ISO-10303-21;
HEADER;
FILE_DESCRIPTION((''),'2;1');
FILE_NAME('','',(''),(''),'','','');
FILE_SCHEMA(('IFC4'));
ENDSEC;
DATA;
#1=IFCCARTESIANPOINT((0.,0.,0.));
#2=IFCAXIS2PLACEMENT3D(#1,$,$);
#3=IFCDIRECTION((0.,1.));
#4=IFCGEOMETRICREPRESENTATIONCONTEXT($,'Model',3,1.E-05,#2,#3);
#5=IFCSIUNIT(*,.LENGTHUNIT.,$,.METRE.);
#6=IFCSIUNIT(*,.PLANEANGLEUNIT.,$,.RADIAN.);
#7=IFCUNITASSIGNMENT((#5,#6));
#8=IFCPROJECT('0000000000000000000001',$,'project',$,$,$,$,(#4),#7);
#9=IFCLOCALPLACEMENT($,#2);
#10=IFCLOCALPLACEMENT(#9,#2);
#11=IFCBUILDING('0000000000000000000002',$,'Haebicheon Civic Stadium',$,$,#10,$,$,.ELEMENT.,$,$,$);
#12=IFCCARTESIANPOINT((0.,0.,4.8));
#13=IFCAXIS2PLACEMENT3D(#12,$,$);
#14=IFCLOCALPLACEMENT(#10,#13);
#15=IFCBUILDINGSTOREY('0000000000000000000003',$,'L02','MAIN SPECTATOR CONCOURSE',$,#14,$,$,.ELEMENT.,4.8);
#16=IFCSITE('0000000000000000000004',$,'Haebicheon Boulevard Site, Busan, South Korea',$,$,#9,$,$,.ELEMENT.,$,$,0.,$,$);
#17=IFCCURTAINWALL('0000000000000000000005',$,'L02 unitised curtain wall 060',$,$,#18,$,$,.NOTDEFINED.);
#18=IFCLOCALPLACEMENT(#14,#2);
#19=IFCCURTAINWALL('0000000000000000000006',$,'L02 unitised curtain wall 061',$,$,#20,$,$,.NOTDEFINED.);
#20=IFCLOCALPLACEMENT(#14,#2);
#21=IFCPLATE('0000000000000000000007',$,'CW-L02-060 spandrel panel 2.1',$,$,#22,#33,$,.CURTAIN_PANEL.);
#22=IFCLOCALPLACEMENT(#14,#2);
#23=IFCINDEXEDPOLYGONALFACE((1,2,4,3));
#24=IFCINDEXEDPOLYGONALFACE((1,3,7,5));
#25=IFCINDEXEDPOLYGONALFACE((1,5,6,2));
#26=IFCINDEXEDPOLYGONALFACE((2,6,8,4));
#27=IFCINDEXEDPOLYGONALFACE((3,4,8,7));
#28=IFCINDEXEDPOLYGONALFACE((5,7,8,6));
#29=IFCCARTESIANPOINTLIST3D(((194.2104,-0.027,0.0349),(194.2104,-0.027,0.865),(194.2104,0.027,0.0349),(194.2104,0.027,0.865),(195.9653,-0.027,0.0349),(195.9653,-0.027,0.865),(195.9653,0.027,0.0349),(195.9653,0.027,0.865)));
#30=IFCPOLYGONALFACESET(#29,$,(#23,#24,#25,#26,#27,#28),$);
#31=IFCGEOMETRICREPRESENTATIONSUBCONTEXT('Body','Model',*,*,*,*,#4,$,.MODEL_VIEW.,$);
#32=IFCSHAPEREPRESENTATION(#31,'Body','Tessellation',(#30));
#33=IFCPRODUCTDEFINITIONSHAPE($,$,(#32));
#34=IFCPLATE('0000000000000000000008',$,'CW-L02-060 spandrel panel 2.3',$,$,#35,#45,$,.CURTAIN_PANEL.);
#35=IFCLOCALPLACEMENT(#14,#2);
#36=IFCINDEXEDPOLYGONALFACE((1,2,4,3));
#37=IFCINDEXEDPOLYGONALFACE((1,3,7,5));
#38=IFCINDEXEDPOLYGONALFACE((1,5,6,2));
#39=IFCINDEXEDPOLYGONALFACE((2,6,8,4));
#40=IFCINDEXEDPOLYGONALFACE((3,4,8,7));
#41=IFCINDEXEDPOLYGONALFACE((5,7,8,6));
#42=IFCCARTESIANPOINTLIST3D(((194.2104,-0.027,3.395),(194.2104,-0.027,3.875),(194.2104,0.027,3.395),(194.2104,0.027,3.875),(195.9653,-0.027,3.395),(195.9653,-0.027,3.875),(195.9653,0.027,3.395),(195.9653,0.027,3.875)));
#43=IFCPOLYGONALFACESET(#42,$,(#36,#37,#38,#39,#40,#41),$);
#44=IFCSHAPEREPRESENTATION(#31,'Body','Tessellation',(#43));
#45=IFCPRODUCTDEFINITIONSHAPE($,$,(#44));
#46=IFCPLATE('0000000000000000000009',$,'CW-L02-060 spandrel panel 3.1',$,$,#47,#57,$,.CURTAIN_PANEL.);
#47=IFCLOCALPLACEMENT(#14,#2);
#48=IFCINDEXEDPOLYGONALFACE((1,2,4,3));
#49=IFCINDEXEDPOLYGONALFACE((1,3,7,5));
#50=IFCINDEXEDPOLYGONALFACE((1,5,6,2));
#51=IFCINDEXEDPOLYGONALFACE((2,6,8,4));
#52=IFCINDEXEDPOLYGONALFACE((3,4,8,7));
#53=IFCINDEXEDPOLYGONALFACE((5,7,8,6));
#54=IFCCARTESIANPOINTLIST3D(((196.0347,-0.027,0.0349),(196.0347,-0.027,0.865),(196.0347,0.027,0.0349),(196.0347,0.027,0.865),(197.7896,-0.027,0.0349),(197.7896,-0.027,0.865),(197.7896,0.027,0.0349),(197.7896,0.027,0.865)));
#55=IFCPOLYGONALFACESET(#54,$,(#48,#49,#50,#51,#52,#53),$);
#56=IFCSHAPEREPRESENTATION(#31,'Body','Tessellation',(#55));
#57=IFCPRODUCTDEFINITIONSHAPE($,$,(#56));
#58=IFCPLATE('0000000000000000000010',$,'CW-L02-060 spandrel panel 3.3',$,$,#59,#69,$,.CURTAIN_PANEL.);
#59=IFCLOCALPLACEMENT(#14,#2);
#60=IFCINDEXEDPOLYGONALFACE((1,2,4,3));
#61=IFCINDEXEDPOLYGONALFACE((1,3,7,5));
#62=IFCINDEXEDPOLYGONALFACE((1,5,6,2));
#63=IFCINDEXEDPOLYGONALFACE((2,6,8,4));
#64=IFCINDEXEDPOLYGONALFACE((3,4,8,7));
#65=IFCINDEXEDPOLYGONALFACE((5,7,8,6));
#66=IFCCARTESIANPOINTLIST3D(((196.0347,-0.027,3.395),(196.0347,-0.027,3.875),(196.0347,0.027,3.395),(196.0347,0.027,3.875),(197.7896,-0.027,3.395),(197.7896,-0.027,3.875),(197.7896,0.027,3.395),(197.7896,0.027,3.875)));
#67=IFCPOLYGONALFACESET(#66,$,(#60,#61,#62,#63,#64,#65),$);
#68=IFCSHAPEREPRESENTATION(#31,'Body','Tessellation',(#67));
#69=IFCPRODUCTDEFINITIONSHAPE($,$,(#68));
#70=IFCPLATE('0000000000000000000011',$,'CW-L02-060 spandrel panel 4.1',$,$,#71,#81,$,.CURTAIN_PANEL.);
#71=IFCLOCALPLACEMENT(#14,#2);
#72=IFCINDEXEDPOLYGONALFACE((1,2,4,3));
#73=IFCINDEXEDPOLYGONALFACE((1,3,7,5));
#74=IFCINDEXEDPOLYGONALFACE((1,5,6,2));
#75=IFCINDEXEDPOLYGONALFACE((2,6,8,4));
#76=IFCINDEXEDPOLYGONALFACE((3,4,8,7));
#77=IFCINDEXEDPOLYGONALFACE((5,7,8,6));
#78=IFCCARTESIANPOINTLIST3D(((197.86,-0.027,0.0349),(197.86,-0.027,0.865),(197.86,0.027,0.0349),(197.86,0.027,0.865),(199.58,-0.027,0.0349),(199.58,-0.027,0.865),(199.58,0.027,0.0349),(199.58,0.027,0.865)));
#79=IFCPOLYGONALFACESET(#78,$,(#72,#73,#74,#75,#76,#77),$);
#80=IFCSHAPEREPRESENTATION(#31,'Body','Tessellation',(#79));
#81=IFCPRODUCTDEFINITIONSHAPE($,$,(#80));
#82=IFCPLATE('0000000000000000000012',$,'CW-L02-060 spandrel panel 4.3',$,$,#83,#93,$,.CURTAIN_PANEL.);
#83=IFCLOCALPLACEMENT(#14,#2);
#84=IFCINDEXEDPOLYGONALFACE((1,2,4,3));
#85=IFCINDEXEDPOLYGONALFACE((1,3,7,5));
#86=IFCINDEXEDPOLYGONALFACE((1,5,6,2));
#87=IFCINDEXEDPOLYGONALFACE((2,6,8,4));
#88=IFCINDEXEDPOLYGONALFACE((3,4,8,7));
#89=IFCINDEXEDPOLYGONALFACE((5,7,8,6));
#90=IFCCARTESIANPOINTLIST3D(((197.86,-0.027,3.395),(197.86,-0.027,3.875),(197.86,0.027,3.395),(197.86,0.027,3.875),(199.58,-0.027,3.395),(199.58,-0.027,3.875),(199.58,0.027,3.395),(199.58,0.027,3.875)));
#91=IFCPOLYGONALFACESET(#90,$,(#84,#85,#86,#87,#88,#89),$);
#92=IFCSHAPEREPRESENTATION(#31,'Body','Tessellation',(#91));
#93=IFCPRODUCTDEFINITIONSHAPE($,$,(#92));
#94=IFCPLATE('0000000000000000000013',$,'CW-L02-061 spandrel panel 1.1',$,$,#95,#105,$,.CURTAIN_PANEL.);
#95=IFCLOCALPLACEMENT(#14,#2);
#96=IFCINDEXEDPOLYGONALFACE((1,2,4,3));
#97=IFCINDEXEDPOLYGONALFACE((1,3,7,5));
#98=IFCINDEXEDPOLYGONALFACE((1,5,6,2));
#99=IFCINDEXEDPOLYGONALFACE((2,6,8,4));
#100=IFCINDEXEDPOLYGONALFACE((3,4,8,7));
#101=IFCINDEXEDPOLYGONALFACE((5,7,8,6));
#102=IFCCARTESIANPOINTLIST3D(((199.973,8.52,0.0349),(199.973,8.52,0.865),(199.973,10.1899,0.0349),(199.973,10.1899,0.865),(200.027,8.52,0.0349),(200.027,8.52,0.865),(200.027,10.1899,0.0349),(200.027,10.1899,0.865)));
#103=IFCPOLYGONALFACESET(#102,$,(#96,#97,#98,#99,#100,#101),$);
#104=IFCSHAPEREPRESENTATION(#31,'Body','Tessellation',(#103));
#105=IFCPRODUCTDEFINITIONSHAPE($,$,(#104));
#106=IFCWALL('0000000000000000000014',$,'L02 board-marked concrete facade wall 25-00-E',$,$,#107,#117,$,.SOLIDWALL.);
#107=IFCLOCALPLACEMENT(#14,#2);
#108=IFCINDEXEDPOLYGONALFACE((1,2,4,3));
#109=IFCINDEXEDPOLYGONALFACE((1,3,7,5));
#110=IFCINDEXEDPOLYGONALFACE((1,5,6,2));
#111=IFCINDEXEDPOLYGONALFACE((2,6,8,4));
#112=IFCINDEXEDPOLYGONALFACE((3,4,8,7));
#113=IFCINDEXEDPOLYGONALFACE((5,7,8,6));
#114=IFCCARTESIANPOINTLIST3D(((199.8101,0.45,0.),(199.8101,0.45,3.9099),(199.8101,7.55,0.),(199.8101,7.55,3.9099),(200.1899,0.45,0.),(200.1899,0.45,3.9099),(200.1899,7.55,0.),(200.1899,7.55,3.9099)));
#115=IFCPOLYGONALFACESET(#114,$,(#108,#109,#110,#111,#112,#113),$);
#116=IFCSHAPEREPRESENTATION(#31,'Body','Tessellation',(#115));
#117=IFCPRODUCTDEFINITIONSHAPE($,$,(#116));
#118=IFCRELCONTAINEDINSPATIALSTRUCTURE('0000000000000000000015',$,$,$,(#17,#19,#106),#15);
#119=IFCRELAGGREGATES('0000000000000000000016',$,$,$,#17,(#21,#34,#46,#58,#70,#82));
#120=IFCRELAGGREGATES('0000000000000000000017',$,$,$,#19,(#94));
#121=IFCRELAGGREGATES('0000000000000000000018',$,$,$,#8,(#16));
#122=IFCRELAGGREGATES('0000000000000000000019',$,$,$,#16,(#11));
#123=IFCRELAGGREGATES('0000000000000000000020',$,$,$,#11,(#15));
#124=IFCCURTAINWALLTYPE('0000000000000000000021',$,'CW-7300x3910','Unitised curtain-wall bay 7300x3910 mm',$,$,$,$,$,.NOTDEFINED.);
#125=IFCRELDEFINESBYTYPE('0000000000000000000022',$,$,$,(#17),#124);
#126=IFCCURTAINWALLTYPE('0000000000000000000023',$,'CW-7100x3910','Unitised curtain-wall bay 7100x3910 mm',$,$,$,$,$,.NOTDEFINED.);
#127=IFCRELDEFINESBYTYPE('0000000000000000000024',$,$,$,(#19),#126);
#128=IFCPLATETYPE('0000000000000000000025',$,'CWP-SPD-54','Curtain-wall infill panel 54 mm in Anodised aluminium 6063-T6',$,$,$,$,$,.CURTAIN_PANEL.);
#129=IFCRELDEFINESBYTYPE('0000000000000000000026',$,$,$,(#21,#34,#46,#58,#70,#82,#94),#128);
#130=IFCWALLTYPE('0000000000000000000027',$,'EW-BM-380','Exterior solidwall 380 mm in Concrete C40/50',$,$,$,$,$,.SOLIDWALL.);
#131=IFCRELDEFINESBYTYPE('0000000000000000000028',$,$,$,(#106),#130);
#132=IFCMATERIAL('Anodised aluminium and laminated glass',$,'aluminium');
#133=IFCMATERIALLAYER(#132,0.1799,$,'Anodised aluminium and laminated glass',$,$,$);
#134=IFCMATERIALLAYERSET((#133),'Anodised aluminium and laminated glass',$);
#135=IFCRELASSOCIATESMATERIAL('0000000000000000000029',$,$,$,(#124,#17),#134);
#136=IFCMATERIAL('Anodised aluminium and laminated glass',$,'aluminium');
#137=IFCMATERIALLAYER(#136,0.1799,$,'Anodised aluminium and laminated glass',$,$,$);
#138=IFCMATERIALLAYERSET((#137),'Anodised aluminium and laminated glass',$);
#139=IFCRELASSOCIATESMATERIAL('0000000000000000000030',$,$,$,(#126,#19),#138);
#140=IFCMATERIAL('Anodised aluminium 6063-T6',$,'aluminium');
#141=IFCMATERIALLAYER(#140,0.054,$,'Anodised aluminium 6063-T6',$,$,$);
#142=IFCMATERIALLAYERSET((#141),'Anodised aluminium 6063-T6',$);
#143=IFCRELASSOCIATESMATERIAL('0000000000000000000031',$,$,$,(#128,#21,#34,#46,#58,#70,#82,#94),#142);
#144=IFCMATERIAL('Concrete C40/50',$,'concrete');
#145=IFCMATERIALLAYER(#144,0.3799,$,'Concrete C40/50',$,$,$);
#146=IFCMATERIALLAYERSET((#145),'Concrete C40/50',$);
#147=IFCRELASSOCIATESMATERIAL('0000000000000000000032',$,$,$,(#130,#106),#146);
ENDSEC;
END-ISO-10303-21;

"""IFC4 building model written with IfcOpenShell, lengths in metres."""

from ifc_helpers import new_model, si_unit, direction, frame, frame_2d, origin, origin_2d, place, context, subcontext, project, spatial, rectangle, extrude, material, layer, layer_set, type_object, element, aggregate, save


model = new_model("IFC4")

# Units and contexts
model_context = context("Model", 3, precision=1e-05, world=origin(), true_north=direction((0.0, 1.0)))
body_context = subcontext(model_context, "Body", "Model", "MODEL_VIEW")
ifc_project = project(units=[si_unit("LENGTHUNIT", "METRE"), si_unit("PLANEANGLEUNIT", "RADIAN")], contexts=[model_context])

# Site, building, storey
site_placement = place(None, origin())
site = spatial("IfcSite", under=ifc_project, at=site_placement, Name="Haebicheon Boulevard Site, Busan, South Korea", CompositionType="ELEMENT", RefElevation=0.0)
building_placement = place(site_placement, origin())
building = spatial("IfcBuilding", under=site, at=building_placement, Name="Haebicheon Civic Stadium", CompositionType="ELEMENT")
storey_placement = place(building_placement, frame((0.0, 0.0, 4.8)))
storey = spatial("IfcBuildingStorey", under=building, at=storey_placement, Name="L02", Description="MAIN SPECTATOR CONCOURSE", CompositionType="ELEMENT", Elevation=4.8)

# Curtain wall
ifc_material_1 = material(Name="Anodised aluminium and laminated glass", Category="aluminium")
ifc_layer_1 = layer(ifc_material_1, 0.1799, Name="Anodised aluminium and laminated glass")
ifc_layer_set_1 = layer_set([ifc_layer_1], Name="Anodised aluminium and laminated glass")
curtain_wall_type_1 = type_object("IfcCurtainWallType", Name="CW-7300x3910", Description="Unitised curtain-wall bay 7300x3910 mm", PredefinedType="NOTDEFINED", material=ifc_layer_set_1)
curtain_wall_1_placement = place(storey_placement, origin())
curtain_wall_1 = element("IfcCurtainWall", 1, at=curtain_wall_1_placement, inside=storey, type_object=curtain_wall_type_1, material=ifc_layer_set_1, Name="L02 unitised curtain wall 060", PredefinedType="NOTDEFINED")

# Curtain wall
ifc_material_2 = material(Name="Anodised aluminium and laminated glass", Category="aluminium")
ifc_layer_2 = layer(ifc_material_2, 0.1799, Name="Anodised aluminium and laminated glass")
ifc_layer_set_2 = layer_set([ifc_layer_2], Name="Anodised aluminium and laminated glass")
curtain_wall_type_2 = type_object("IfcCurtainWallType", Name="CW-7100x3910", Description="Unitised curtain-wall bay 7100x3910 mm", PredefinedType="NOTDEFINED", material=ifc_layer_set_2)
curtain_wall_2_placement = place(storey_placement, origin())
curtain_wall_2 = element("IfcCurtainWall", 2, at=curtain_wall_2_placement, inside=storey, type_object=curtain_wall_type_2, material=ifc_layer_set_2, Name="L02 unitised curtain wall 061", PredefinedType="NOTDEFINED")

# Plates
ifc_material_3 = material(Name="Anodised aluminium 6063-T6", Category="aluminium")
ifc_layer_3 = layer(ifc_material_3, 0.054, Name="Anodised aluminium 6063-T6")
ifc_layer_set_3 = layer_set([ifc_layer_3], Name="Anodised aluminium 6063-T6")
plate_type_1 = type_object("IfcPlateType", Name="CWP-SPD-54", Description="Curtain-wall infill panel 54 mm in Anodised aluminium 6063-T6", PredefinedType="CURTAIN_PANEL", material=ifc_layer_set_3)
plate_1_placement = place(storey_placement, frame((195.0879, 0.0, 0.0349), z_axis=(0.0, 0.0, 1.0), x_axis=(1.0, 0.0, 0.0)))
plate_1 = element("IfcPlate", 3, at=plate_1_placement, type_object=plate_type_1, material=ifc_layer_set_3, Name="CW-L02-060 spandrel panel 2.1", PredefinedType="CURTAIN_PANEL", context=body_context, shape_type="SweptSolid", body=[
    extrude(rectangle(XDim=1.7549, YDim=0.054, at=origin_2d()), origin(), (0.0, 0.0, 1.0), 0.8301),
])
plate_2_placement = place(storey_placement, frame((195.0879, 0.0, 3.395), z_axis=(0.0, 0.0, 1.0), x_axis=(1.0, 0.0, 0.0)))
plate_2 = element("IfcPlate", 4, at=plate_2_placement, type_object=plate_type_1, material=ifc_layer_set_3, Name="CW-L02-060 spandrel panel 2.3", PredefinedType="CURTAIN_PANEL", context=body_context, shape_type="SweptSolid", body=[
    extrude(rectangle(XDim=1.7549, YDim=0.054, at=origin_2d()), origin(), (0.0, 0.0, 1.0), 0.48),
])
plate_3_placement = place(storey_placement, frame((196.9121, 0.0, 0.0349), z_axis=(0.0, 0.0, 1.0), x_axis=(1.0, 0.0, 0.0)))
plate_3 = element("IfcPlate", 5, at=plate_3_placement, type_object=plate_type_1, material=ifc_layer_set_3, Name="CW-L02-060 spandrel panel 3.1", PredefinedType="CURTAIN_PANEL", context=body_context, shape_type="SweptSolid", body=[
    extrude(rectangle(XDim=1.7549, YDim=0.054, at=origin_2d()), origin(), (0.0, 0.0, 1.0), 0.8301),
])
plate_4_placement = place(storey_placement, frame((196.9121, 0.0, 3.395), z_axis=(0.0, 0.0, 1.0), x_axis=(1.0, 0.0, 0.0)))
plate_4 = element("IfcPlate", 6, at=plate_4_placement, type_object=plate_type_1, material=ifc_layer_set_3, Name="CW-L02-060 spandrel panel 3.3", PredefinedType="CURTAIN_PANEL", context=body_context, shape_type="SweptSolid", body=[
    extrude(rectangle(XDim=1.7549, YDim=0.054, at=origin_2d()), origin(), (0.0, 0.0, 1.0), 0.48),
])
plate_5_placement = place(storey_placement, frame((198.72, 0.0, 0.0349), z_axis=(0.0, 0.0, 1.0), x_axis=(1.0, 0.0, 0.0)))
plate_5 = element("IfcPlate", 7, at=plate_5_placement, type_object=plate_type_1, material=ifc_layer_set_3, Name="CW-L02-060 spandrel panel 4.1", PredefinedType="CURTAIN_PANEL", context=body_context, shape_type="SweptSolid", body=[
    extrude(rectangle(XDim=1.72, YDim=0.054, at=origin_2d()), origin(), (0.0, 0.0, 1.0), 0.8301),
])
plate_6_placement = place(storey_placement, frame((198.72, 0.0, 3.395), z_axis=(0.0, 0.0, 1.0), x_axis=(1.0, 0.0, 0.0)))
plate_6 = element("IfcPlate", 8, at=plate_6_placement, type_object=plate_type_1, material=ifc_layer_set_3, Name="CW-L02-060 spandrel panel 4.3", PredefinedType="CURTAIN_PANEL", context=body_context, shape_type="SweptSolid", body=[
    extrude(rectangle(XDim=1.72, YDim=0.054, at=origin_2d()), origin(), (0.0, 0.0, 1.0), 0.48),
])
aggregate(curtain_wall_1, [plate_1, plate_2, plate_3, plate_4, plate_5, plate_6])
plate_7_placement = place(storey_placement, frame((200.0, 9.355, 0.0349), z_axis=(0.0, 0.0, 1.0), x_axis=(0.0, 1.0, 0.0)))
plate_7 = element("IfcPlate", 9, at=plate_7_placement, type_object=plate_type_1, material=ifc_layer_set_3, Name="CW-L02-061 spandrel panel 1.1", PredefinedType="CURTAIN_PANEL", context=body_context, shape_type="SweptSolid", body=[
    extrude(rectangle(XDim=1.6699, YDim=0.054, at=origin_2d()), origin(), (0.0, 0.0, 1.0), 0.8301),
])
aggregate(curtain_wall_2, [plate_7])

# Wall
ifc_material_4 = material(Name="Concrete C40/50", Category="concrete")
ifc_layer_4 = layer(ifc_material_4, 0.3799, Name="Concrete C40/50")
ifc_layer_set_4 = layer_set([ifc_layer_4], Name="Concrete C40/50")
wall_type = type_object("IfcWallType", Name="EW-BM-380", Description="Exterior solidwall 380 mm in Concrete C40/50", PredefinedType="SOLIDWALL", material=ifc_layer_set_4)
wall_placement = place(storey_placement, frame((200.0, 0.45, 0.0), z_axis=(0.0, 0.0, 1.0), x_axis=(0.0, 1.0, 0.0)))
element("IfcWall", 10, at=wall_placement, inside=storey, type_object=wall_type, material=ifc_layer_set_4, Name="L02 board-marked concrete facade wall 25-00-E", PredefinedType="SOLIDWALL", context=body_context, shape_type="SweptSolid", body=[
    extrude(rectangle(XDim=7.1001, YDim=0.3799, at=frame_2d((3.55, 0.0))), origin(), (0.0, 0.0, 1.0), 3.9099),
])

save(model, "model.ifc")
